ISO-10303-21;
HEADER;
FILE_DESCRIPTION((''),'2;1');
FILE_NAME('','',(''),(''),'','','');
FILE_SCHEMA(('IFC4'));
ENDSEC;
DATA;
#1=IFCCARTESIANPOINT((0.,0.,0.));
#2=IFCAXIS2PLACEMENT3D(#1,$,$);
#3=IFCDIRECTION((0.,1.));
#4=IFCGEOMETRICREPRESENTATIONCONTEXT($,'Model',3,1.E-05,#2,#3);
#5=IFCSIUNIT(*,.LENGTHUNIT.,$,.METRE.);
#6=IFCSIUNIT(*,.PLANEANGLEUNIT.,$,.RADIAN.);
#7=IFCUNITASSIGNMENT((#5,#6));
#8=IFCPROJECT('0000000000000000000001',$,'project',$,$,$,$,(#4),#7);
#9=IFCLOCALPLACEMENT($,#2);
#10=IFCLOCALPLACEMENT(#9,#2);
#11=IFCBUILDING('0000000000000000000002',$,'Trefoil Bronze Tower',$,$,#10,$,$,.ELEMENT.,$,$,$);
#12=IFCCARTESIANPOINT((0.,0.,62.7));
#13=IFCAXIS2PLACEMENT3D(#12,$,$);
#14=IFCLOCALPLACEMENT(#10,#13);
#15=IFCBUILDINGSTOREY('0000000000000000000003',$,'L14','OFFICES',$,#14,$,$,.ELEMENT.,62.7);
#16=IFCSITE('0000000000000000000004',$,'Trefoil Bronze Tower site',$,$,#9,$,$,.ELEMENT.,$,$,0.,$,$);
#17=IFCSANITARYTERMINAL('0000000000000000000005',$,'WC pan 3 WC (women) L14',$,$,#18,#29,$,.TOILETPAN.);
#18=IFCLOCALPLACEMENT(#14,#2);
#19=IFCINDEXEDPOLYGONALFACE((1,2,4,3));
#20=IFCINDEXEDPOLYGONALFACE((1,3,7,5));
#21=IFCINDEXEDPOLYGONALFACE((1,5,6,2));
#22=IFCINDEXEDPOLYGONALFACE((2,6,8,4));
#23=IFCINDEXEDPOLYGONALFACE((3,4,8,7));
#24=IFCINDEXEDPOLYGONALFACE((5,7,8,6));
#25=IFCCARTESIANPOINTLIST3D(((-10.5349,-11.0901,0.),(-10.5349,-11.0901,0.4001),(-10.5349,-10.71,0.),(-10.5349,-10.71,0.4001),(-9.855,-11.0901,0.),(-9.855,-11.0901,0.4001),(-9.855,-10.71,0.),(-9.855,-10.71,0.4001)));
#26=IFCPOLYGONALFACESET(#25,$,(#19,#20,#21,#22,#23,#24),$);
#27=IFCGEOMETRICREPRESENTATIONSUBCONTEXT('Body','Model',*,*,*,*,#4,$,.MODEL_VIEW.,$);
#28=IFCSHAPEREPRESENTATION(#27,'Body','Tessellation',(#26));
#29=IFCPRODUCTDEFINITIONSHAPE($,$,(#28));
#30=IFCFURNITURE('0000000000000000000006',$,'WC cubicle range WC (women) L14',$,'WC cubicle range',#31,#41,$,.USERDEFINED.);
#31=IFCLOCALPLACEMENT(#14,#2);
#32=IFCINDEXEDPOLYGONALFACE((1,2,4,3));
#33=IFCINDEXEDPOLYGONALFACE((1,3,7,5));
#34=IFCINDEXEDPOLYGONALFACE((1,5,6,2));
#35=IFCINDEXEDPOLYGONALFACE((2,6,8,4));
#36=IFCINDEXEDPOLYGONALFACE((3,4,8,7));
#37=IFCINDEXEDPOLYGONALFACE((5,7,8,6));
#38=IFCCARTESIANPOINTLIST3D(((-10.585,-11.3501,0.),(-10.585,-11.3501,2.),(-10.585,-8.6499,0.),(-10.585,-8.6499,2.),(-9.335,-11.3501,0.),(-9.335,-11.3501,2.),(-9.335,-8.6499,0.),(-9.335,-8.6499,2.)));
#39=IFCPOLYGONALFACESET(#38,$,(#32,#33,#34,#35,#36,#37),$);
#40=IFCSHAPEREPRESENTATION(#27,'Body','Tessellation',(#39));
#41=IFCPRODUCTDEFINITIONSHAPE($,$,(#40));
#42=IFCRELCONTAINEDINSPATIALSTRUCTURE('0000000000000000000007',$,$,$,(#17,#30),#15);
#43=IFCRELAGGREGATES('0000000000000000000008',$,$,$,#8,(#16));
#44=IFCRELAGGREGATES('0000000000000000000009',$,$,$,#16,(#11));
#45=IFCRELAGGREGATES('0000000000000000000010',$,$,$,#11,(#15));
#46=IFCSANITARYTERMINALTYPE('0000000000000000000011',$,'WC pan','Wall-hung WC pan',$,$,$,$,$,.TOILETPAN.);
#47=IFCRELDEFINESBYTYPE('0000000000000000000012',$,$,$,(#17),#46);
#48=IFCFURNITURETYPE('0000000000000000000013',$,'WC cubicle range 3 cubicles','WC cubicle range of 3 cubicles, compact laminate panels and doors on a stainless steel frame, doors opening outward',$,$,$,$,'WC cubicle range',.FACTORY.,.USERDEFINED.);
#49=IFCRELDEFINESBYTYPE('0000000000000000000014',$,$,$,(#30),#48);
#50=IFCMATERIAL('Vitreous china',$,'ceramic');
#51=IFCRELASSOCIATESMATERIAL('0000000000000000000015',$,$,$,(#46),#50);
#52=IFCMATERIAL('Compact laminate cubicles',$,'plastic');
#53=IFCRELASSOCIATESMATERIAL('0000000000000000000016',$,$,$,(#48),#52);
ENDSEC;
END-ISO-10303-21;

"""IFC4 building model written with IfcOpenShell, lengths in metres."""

from ifc_helpers import new_model, si_unit, direction, frame, origin, place, context, subcontext, project, spatial, polyline, outline, extrude, material, type_object, element, save


model = new_model("IFC4")

# Units and contexts
model_context = context("Model", 3, precision=1e-05, world=origin(), true_north=direction((0.0, 1.0)))
body_context = subcontext(model_context, "Body", "Model", "MODEL_VIEW")
ifc_project = project(units=[si_unit("LENGTHUNIT", "METRE"), si_unit("PLANEANGLEUNIT", "RADIAN")], contexts=[model_context])

# Site, building, storey
site_placement = place(None, origin())
site = spatial("IfcSite", under=ifc_project, at=site_placement, Name="Trefoil Bronze Tower site", CompositionType="ELEMENT", RefElevation=0.0)
building_placement = place(site_placement, origin())
building = spatial("IfcBuilding", under=site, at=building_placement, Name="Trefoil Bronze Tower", CompositionType="ELEMENT")
storey_placement = place(building_placement, frame((0.0, 0.0, 62.7)))
storey = spatial("IfcBuildingStorey", under=building, at=storey_placement, Name="L14", Description="OFFICES", CompositionType="ELEMENT", Elevation=62.7)

# Sanitary terminal
ifc_material_1 = material(Name="Vitreous china", Category="ceramic")
sanitary_terminal_type_1 = type_object("IfcSanitaryTerminalType", Name="WC pan", Description="Wall-hung WC pan", PredefinedType="TOILETPAN", material=ifc_material_1)
sanitary_terminal_1_placement = place(storey_placement, origin())
element("IfcSanitaryTerminal", 1, at=sanitary_terminal_1_placement, inside=storey, type_object=sanitary_terminal_type_1, Name="WC pan 3 WC (women) L14", PredefinedType="TOILETPAN", context=body_context, shape_type="SweptSolid", body=[
    extrude(outline(polyline([(-9.855, -10.71), (-10.5349, -10.71), (-10.5349, -11.0901), (-9.855, -11.0901), (-9.855, -10.71)])), origin(), (0.0, 0.0, 1.0), 0.4001),
])

# Furniture
ifc_material_2 = material(Name="Compact laminate cubicles", Category="plastic")
furniture_type = type_object("IfcFurnitureType", Name="WC cubicle range 3 cubicles", Description="WC cubicle range of 3 cubicles, compact laminate panels and doors on a stainless steel frame, doors opening outward", ElementType="WC cubicle range", AssemblyPlace="FACTORY", PredefinedType="USERDEFINED", material=ifc_material_2)
furniture_placement = place(storey_placement, origin())
element("IfcFurniture", 2, at=furniture_placement, inside=storey, type_object=furniture_type, Name="WC cubicle range WC (women) L14", ObjectType="WC cubicle range", PredefinedType="USERDEFINED", context=body_context, shape_type="SweptSolid", body=[
    extrude(outline(polyline([(-9.335, -8.6499), (-10.585, -8.6499), (-10.585, -11.3501), (-9.335, -11.3501), (-9.335, -8.6499)])), origin(), (0.0, 0.0, 1.0), 2.0),
])

save(model, "model.ifc")
